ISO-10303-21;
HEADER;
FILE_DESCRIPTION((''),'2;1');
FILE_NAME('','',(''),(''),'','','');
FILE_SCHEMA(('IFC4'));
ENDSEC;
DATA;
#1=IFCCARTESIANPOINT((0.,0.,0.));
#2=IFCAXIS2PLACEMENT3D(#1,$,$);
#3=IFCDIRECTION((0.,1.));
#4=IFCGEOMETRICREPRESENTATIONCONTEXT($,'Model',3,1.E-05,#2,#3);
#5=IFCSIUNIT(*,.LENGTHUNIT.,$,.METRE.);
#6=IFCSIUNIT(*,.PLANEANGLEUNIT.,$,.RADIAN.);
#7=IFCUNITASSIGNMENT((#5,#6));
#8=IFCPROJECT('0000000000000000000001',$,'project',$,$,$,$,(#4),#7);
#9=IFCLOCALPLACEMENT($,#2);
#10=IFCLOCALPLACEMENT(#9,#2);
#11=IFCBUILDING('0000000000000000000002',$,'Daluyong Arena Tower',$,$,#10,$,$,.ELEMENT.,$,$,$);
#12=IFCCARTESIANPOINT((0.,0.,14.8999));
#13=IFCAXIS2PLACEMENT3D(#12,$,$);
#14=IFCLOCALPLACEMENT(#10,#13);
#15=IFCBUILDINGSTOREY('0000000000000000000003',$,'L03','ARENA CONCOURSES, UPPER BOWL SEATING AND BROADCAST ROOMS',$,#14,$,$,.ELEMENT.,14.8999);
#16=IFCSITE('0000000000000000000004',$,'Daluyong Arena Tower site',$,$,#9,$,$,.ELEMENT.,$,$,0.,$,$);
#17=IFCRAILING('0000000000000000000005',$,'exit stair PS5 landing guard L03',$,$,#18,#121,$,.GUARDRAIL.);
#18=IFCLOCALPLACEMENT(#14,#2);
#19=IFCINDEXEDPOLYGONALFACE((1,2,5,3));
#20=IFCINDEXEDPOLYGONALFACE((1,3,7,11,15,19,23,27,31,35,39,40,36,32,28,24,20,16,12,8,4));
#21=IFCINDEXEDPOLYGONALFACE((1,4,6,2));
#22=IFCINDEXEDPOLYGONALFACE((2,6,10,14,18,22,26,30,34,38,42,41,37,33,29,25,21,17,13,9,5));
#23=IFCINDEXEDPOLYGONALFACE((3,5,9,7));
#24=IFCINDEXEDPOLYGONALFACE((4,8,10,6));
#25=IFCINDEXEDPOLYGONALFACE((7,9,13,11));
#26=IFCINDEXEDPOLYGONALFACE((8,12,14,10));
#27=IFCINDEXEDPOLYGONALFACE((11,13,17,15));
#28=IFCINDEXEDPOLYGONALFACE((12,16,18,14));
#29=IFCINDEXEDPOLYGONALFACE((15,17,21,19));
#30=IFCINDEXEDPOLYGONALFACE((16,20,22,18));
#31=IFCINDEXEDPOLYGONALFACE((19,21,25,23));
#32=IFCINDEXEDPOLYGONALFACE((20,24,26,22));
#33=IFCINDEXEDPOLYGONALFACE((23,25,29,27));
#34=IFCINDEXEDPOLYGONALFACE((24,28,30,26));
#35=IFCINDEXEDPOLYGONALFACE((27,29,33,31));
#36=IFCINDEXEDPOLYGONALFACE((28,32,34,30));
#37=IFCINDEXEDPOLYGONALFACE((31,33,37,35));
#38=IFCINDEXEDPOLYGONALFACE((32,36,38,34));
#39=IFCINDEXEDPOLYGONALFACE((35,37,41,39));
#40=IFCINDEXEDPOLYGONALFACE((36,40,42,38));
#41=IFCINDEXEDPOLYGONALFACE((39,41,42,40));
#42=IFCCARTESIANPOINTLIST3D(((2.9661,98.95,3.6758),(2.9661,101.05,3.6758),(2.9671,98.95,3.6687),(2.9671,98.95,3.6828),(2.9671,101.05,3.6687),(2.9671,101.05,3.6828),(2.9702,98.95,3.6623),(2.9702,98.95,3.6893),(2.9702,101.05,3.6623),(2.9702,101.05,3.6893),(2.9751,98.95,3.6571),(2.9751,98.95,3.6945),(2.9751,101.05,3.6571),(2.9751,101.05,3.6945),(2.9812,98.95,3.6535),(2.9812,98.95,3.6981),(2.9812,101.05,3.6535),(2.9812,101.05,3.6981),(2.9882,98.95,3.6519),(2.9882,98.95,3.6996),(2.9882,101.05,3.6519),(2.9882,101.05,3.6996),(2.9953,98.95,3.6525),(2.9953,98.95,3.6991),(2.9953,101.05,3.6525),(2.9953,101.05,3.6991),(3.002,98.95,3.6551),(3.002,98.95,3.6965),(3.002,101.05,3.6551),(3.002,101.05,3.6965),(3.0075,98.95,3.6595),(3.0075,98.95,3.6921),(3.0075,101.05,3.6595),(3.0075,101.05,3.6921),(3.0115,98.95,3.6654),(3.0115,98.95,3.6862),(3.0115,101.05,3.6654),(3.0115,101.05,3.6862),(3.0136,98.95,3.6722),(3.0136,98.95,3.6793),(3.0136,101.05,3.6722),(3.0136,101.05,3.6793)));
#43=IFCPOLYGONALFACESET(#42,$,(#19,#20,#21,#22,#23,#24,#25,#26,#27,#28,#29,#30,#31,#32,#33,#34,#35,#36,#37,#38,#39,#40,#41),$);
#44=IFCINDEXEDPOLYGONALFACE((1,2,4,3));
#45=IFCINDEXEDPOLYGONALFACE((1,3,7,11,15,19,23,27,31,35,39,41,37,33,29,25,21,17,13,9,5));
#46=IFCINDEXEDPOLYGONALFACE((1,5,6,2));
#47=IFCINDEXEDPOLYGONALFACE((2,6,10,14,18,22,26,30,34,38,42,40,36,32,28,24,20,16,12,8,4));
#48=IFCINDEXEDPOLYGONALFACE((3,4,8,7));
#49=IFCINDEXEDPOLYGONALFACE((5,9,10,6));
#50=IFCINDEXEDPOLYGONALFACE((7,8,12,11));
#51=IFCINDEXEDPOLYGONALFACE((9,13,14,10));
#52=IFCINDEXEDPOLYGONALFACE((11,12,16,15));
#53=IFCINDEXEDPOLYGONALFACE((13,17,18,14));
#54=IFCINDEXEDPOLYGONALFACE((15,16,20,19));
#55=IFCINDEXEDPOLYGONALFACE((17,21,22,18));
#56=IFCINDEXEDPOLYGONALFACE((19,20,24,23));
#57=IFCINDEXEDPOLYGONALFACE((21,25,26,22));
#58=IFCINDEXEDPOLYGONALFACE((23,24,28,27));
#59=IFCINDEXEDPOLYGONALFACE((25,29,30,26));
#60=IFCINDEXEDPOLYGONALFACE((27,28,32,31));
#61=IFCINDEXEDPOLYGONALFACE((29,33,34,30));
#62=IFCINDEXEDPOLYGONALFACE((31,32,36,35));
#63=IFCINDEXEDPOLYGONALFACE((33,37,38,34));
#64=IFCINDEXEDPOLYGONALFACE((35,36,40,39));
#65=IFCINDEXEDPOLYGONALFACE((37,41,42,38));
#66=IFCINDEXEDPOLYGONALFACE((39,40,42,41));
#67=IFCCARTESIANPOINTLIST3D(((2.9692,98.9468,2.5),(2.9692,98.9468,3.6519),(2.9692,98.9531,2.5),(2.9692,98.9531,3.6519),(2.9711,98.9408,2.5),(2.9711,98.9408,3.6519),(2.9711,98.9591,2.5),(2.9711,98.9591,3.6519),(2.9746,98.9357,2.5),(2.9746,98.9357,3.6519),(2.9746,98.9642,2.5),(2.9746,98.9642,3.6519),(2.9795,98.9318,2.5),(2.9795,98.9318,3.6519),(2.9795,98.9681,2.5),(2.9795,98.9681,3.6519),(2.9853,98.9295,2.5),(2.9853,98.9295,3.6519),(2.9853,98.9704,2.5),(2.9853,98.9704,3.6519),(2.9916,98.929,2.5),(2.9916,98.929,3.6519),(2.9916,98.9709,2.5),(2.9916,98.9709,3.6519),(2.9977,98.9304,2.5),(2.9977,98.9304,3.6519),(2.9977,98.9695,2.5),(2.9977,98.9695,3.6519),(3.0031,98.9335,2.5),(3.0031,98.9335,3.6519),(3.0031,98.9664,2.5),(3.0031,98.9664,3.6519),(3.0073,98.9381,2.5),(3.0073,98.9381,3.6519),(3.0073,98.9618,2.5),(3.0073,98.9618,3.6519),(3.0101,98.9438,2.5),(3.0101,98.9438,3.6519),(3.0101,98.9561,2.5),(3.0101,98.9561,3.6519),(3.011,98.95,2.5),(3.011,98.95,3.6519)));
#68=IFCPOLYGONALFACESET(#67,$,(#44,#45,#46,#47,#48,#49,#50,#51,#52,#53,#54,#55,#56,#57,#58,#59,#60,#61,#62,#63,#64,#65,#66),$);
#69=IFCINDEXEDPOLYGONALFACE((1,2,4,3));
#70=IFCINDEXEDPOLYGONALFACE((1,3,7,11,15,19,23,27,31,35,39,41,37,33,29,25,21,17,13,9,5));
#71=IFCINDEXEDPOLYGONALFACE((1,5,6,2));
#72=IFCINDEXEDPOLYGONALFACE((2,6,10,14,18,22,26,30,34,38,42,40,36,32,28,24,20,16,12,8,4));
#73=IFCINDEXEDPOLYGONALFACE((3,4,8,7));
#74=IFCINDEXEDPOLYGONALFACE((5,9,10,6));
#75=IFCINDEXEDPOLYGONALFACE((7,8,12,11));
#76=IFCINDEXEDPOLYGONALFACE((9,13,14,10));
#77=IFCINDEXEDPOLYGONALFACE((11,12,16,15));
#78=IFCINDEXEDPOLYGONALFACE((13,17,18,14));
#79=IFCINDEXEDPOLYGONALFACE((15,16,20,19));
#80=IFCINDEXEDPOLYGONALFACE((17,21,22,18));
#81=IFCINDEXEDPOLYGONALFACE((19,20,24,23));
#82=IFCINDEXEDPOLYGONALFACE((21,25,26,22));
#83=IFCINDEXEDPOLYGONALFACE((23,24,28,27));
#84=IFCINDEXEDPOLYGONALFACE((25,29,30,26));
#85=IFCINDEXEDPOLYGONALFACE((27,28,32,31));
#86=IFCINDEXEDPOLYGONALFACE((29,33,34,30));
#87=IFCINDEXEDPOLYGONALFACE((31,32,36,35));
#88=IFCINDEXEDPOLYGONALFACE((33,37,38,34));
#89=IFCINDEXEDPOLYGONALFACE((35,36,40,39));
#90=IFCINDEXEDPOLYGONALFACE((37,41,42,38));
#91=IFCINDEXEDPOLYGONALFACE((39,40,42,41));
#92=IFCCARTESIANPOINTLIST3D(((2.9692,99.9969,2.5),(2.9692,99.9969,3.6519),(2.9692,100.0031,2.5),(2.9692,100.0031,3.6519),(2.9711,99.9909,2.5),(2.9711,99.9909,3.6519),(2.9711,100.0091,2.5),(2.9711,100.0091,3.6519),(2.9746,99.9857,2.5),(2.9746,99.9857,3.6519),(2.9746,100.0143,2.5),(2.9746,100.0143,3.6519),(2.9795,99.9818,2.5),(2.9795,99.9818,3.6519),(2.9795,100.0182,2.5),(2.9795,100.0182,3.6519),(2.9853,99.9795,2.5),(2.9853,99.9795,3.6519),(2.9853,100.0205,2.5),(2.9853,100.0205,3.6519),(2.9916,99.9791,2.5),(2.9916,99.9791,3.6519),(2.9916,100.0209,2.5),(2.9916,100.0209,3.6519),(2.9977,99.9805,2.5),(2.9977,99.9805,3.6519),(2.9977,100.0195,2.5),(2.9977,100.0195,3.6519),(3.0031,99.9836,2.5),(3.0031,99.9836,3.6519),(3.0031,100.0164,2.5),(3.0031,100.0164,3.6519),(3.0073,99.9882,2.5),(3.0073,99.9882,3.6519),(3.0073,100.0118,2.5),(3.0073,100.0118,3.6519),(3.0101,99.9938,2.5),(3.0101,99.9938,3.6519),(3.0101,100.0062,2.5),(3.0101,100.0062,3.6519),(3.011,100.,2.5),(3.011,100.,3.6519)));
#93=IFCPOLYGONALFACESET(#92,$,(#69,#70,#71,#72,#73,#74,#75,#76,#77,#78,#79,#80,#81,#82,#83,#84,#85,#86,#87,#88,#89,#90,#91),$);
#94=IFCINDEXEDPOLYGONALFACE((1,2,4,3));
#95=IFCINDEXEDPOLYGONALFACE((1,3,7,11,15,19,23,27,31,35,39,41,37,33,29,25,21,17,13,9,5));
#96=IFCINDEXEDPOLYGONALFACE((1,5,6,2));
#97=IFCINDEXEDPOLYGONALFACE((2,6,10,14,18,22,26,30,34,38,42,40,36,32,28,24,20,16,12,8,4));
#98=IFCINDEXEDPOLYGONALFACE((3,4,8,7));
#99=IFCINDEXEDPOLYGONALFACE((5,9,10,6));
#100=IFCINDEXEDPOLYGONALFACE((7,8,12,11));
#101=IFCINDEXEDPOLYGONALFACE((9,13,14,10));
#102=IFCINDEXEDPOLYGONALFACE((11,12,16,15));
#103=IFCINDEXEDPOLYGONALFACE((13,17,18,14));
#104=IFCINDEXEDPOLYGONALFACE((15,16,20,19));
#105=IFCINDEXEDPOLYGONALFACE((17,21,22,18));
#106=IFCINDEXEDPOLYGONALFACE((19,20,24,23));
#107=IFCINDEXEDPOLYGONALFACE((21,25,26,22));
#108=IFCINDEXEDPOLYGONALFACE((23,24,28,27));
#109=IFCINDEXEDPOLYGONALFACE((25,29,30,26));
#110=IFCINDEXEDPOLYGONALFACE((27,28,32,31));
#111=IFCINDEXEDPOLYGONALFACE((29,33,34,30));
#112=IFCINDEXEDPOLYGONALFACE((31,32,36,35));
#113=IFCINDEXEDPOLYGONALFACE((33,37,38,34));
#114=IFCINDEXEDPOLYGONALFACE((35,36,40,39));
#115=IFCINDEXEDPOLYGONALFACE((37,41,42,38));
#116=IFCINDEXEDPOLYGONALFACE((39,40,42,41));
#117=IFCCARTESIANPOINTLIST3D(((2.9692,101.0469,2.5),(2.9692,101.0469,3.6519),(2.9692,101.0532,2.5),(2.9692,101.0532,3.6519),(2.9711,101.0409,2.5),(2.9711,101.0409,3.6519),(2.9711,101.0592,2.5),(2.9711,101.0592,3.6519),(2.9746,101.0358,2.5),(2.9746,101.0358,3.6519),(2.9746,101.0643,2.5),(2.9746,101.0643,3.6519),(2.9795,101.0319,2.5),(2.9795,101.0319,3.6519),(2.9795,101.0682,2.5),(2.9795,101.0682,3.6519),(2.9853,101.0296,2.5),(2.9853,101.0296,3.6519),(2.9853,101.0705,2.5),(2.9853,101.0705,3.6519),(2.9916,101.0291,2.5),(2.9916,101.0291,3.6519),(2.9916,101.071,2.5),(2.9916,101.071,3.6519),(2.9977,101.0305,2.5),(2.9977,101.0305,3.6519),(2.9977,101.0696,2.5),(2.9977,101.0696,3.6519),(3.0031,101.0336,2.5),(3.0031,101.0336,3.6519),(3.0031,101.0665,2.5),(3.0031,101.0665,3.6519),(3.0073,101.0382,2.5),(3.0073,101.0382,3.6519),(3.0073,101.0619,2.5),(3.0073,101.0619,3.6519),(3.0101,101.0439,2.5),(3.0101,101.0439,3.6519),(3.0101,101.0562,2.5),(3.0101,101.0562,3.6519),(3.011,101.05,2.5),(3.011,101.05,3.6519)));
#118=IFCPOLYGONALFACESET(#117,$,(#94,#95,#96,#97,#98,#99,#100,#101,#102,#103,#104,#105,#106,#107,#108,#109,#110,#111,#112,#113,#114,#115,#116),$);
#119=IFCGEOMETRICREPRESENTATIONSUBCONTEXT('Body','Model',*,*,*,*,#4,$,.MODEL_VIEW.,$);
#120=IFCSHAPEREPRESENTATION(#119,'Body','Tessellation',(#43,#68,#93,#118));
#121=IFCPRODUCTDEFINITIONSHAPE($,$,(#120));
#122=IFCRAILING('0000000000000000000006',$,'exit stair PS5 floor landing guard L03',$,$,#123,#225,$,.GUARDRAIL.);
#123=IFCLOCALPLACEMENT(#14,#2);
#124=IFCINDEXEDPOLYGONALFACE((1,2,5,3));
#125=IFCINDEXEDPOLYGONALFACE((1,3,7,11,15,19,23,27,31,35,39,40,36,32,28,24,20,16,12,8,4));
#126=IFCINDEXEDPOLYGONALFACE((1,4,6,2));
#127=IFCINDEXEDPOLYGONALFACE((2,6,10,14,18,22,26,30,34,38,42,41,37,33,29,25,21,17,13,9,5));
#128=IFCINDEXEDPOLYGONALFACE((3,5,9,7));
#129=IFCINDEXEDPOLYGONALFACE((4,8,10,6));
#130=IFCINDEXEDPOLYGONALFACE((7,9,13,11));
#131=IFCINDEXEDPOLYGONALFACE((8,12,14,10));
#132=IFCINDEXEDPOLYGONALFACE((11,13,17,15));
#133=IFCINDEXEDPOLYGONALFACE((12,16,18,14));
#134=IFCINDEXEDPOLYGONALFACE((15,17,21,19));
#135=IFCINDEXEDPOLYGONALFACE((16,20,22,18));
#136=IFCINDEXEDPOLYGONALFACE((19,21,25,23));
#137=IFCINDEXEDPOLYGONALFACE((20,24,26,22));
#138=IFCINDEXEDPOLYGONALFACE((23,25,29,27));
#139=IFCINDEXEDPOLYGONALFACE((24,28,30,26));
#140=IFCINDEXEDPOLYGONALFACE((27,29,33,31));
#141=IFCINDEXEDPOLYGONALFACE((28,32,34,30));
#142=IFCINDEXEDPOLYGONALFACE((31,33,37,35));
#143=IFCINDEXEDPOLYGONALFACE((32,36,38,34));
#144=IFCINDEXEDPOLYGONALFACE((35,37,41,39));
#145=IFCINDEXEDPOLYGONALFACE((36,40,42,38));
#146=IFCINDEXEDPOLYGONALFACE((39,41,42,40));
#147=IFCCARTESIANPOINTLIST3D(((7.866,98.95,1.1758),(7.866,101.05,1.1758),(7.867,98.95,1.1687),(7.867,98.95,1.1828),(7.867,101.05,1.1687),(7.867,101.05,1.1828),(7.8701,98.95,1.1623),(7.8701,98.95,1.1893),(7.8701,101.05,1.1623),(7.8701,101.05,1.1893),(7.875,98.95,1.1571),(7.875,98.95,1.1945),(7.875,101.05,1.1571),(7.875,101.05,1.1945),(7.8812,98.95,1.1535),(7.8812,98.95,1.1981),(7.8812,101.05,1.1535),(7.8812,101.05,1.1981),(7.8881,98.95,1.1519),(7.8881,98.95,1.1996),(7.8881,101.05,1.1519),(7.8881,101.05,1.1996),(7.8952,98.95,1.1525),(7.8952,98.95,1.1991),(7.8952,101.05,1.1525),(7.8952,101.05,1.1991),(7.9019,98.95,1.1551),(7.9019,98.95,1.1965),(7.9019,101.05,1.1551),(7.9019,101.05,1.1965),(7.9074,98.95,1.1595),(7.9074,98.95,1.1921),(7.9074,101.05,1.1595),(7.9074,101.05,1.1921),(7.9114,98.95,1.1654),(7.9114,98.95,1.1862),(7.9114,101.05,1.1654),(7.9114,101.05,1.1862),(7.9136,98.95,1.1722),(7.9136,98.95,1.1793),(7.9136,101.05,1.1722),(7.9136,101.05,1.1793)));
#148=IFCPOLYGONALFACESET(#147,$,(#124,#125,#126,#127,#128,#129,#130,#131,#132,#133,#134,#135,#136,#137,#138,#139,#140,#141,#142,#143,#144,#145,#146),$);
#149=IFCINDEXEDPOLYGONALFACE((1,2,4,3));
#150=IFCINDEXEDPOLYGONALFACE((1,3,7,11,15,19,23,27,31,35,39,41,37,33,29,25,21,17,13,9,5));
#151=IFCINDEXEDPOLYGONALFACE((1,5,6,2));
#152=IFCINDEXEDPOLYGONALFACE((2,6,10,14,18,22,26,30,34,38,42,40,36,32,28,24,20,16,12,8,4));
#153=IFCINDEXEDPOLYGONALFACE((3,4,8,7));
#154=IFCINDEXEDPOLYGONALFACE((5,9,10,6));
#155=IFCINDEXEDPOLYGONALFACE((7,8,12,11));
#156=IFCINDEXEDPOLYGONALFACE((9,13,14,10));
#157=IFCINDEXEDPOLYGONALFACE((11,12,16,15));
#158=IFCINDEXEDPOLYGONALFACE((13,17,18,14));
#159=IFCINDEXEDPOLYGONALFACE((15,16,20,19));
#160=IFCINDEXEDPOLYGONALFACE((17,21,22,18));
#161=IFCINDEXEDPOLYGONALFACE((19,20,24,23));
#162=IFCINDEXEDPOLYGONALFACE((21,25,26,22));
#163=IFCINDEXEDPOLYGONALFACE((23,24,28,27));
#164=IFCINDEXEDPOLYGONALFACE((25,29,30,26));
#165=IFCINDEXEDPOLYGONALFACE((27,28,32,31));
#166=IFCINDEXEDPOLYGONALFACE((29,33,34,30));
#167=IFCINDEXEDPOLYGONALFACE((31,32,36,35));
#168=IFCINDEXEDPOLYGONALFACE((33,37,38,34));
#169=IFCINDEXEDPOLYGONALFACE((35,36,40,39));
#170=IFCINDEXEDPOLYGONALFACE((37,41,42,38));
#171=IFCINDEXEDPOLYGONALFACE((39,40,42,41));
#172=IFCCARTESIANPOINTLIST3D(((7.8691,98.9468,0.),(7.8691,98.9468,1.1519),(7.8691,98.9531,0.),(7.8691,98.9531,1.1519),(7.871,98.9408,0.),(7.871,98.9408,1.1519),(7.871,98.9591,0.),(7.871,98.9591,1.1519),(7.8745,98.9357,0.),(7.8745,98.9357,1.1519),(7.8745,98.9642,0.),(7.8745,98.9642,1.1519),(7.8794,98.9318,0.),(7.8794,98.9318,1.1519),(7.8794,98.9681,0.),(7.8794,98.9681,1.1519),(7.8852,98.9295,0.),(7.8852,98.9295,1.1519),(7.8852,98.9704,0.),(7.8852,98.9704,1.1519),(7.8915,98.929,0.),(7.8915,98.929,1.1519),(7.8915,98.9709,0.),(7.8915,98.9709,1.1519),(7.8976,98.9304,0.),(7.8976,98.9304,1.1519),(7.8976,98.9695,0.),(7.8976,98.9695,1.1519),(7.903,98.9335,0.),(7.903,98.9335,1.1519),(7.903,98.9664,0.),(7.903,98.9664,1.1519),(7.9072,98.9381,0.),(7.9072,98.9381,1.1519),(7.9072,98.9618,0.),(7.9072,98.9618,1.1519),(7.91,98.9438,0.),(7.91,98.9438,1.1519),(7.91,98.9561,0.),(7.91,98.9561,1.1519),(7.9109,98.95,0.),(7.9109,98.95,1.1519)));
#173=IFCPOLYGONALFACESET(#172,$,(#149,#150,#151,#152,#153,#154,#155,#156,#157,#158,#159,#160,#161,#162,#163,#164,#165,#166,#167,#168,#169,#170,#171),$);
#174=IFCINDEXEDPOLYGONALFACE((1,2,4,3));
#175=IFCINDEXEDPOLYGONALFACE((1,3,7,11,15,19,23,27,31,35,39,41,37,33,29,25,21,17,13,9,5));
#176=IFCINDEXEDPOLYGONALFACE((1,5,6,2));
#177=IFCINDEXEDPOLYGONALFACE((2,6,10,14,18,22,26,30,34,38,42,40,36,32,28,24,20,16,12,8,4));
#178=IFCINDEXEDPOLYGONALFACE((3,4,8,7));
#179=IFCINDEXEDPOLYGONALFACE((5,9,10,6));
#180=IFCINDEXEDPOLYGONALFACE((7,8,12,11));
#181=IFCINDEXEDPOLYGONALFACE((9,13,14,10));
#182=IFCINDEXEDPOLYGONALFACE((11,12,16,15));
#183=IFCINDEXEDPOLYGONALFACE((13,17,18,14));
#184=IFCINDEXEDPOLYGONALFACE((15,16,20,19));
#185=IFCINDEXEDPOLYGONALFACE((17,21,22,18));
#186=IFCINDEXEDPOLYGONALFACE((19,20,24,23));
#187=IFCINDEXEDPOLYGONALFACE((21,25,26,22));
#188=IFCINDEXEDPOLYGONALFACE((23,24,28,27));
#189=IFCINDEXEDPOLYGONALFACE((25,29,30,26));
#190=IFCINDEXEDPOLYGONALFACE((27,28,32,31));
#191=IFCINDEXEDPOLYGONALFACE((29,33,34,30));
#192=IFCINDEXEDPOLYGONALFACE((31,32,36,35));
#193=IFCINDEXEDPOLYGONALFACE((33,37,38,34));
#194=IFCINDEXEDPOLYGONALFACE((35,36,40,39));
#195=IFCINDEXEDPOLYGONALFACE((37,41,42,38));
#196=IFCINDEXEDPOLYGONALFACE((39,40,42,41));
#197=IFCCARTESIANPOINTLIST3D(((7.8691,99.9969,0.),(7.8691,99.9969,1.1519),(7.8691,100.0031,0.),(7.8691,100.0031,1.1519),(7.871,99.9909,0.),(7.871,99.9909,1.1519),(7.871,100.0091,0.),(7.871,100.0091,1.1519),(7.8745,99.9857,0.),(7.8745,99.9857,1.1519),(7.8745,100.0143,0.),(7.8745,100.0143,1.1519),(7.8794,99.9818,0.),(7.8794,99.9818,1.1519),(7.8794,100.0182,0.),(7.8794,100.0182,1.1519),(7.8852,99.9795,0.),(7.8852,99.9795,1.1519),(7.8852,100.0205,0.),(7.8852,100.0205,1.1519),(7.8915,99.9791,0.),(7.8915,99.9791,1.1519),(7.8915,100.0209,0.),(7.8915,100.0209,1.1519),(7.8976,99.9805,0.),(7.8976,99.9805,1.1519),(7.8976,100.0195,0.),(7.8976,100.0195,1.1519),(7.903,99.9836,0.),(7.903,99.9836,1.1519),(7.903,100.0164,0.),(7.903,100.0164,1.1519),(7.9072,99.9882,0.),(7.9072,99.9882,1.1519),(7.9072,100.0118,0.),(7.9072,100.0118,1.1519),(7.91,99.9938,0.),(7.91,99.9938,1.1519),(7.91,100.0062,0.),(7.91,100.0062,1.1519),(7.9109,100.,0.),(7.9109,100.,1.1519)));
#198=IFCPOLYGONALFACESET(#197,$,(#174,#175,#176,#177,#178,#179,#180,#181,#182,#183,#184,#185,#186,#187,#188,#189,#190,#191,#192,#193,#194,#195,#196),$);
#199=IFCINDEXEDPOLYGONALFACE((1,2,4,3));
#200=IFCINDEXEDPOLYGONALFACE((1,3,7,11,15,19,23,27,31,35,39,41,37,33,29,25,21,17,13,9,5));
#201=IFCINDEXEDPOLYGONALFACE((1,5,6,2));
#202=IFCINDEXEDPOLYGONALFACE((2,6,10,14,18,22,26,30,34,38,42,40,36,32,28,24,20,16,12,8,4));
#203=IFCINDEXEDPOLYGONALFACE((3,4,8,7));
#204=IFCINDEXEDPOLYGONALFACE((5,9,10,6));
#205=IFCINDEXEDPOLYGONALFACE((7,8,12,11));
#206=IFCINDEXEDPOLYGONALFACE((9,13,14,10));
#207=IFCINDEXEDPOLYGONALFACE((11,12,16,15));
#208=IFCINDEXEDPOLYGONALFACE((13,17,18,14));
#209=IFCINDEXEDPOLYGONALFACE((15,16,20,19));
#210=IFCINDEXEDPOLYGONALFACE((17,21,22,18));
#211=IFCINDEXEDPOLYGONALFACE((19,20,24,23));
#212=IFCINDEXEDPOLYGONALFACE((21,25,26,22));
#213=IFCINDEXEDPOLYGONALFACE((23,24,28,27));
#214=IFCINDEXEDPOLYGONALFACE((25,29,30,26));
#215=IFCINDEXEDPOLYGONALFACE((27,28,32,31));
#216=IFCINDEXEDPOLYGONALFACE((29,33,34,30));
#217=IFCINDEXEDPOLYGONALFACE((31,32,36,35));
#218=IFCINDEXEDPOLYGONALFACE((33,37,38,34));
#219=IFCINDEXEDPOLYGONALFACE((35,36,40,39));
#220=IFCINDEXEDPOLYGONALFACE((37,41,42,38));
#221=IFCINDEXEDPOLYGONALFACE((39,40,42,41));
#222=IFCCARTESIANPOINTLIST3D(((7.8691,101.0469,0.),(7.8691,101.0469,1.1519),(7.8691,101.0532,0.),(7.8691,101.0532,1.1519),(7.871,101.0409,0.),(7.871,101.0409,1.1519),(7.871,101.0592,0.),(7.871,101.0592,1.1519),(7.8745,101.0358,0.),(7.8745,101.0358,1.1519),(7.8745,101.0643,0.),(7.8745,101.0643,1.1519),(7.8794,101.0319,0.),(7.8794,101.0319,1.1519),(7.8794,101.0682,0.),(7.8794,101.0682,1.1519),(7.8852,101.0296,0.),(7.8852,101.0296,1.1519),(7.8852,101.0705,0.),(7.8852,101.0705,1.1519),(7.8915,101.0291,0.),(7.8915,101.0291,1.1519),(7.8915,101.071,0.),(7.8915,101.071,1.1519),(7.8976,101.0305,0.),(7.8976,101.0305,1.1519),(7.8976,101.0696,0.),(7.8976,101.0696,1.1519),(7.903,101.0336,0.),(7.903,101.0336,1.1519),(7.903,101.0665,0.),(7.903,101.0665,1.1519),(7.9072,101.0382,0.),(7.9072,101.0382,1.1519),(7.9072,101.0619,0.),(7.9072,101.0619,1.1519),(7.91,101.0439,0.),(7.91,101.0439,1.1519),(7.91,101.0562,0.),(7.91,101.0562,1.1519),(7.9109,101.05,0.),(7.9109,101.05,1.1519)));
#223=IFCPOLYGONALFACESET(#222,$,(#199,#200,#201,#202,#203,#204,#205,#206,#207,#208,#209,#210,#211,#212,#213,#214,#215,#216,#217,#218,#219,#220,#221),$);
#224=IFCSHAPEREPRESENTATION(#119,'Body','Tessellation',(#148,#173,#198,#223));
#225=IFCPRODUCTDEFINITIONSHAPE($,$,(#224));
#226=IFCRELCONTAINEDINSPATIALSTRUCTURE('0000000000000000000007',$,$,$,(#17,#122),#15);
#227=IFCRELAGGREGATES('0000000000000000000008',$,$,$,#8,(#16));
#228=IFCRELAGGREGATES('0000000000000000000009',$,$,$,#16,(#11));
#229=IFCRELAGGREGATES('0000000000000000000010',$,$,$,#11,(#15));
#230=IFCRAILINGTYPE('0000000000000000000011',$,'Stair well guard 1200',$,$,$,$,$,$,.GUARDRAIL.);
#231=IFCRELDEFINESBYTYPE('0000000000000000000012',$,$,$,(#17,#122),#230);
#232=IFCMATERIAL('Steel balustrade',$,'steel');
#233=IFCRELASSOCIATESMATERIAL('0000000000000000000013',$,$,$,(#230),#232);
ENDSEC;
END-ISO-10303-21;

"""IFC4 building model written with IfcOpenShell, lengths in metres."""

from ifc_helpers import new_model, si_unit, direction, frame, origin, origin_2d, place, context, subcontext, project, spatial, circle, extrude, material, type_object, element, save


model = new_model("IFC4")

# Units and contexts
model_context = context("Model", 3, precision=1e-05, world=origin(), true_north=direction((0.0, 1.0)))
body_context = subcontext(model_context, "Body", "Model", "MODEL_VIEW")
ifc_project = project(units=[si_unit("LENGTHUNIT", "METRE"), si_unit("PLANEANGLEUNIT", "RADIAN")], contexts=[model_context])

# Site, building, storey
site_placement = place(None, origin())
site = spatial("IfcSite", under=ifc_project, at=site_placement, Name="Daluyong Arena Tower site", CompositionType="ELEMENT", RefElevation=0.0)
building_placement = place(site_placement, origin())
building = spatial("IfcBuilding", under=site, at=building_placement, Name="Daluyong Arena Tower", CompositionType="ELEMENT")
storey_placement = place(building_placement, frame((0.0, 0.0, 14.8999)))
storey = spatial("IfcBuildingStorey", under=building, at=storey_placement, Name="L03", Description="ARENA CONCOURSES, UPPER BOWL SEATING AND BROADCAST ROOMS", CompositionType="ELEMENT", Elevation=14.8999)

# Railings
ifc_material_1 = material(Name="Steel balustrade", Category="steel")
railing_type_1 = type_object("IfcRailingType", Name="Stair well guard 1200", PredefinedType="GUARDRAIL", material=ifc_material_1)
for number, where, name in (
    (1, (2.99, 98.95, 2.5), "exit stair PS5 landing guard L03"),
    (2, (7.8899, 98.95, 0.0), "exit stair PS5 floor landing guard L03"),
):
    element("IfcRailing", number, at=place(storey_placement, frame(where)), inside=storey, type_object=railing_type_1, Name=name, PredefinedType="GUARDRAIL", context=body_context, shape_type="SweptSolid", body=[
        extrude(circle(Radius=0.0239, at=origin_2d()), frame((0.0, 0.0, 1.1758), z_axis=(0.0, 1.0, 0.0), x_axis=(-1.0, 0.0, 0.0)), (0.0, 0.0, 1.0), 2.1001),
        extrude(circle(Radius=0.021, at=origin_2d()), origin(), (0.0, 0.0, 1.0), 1.1519),
        extrude(circle(Radius=0.021, at=origin_2d()), frame((0.0, 1.05, 0.0)), (0.0, 0.0, 1.0), 1.1519),
        extrude(circle(Radius=0.021, at=origin_2d()), frame((0.0, 2.1001, 0.0)), (0.0, 0.0, 1.0), 1.1519),
    ])

save(model, "model.ifc")
